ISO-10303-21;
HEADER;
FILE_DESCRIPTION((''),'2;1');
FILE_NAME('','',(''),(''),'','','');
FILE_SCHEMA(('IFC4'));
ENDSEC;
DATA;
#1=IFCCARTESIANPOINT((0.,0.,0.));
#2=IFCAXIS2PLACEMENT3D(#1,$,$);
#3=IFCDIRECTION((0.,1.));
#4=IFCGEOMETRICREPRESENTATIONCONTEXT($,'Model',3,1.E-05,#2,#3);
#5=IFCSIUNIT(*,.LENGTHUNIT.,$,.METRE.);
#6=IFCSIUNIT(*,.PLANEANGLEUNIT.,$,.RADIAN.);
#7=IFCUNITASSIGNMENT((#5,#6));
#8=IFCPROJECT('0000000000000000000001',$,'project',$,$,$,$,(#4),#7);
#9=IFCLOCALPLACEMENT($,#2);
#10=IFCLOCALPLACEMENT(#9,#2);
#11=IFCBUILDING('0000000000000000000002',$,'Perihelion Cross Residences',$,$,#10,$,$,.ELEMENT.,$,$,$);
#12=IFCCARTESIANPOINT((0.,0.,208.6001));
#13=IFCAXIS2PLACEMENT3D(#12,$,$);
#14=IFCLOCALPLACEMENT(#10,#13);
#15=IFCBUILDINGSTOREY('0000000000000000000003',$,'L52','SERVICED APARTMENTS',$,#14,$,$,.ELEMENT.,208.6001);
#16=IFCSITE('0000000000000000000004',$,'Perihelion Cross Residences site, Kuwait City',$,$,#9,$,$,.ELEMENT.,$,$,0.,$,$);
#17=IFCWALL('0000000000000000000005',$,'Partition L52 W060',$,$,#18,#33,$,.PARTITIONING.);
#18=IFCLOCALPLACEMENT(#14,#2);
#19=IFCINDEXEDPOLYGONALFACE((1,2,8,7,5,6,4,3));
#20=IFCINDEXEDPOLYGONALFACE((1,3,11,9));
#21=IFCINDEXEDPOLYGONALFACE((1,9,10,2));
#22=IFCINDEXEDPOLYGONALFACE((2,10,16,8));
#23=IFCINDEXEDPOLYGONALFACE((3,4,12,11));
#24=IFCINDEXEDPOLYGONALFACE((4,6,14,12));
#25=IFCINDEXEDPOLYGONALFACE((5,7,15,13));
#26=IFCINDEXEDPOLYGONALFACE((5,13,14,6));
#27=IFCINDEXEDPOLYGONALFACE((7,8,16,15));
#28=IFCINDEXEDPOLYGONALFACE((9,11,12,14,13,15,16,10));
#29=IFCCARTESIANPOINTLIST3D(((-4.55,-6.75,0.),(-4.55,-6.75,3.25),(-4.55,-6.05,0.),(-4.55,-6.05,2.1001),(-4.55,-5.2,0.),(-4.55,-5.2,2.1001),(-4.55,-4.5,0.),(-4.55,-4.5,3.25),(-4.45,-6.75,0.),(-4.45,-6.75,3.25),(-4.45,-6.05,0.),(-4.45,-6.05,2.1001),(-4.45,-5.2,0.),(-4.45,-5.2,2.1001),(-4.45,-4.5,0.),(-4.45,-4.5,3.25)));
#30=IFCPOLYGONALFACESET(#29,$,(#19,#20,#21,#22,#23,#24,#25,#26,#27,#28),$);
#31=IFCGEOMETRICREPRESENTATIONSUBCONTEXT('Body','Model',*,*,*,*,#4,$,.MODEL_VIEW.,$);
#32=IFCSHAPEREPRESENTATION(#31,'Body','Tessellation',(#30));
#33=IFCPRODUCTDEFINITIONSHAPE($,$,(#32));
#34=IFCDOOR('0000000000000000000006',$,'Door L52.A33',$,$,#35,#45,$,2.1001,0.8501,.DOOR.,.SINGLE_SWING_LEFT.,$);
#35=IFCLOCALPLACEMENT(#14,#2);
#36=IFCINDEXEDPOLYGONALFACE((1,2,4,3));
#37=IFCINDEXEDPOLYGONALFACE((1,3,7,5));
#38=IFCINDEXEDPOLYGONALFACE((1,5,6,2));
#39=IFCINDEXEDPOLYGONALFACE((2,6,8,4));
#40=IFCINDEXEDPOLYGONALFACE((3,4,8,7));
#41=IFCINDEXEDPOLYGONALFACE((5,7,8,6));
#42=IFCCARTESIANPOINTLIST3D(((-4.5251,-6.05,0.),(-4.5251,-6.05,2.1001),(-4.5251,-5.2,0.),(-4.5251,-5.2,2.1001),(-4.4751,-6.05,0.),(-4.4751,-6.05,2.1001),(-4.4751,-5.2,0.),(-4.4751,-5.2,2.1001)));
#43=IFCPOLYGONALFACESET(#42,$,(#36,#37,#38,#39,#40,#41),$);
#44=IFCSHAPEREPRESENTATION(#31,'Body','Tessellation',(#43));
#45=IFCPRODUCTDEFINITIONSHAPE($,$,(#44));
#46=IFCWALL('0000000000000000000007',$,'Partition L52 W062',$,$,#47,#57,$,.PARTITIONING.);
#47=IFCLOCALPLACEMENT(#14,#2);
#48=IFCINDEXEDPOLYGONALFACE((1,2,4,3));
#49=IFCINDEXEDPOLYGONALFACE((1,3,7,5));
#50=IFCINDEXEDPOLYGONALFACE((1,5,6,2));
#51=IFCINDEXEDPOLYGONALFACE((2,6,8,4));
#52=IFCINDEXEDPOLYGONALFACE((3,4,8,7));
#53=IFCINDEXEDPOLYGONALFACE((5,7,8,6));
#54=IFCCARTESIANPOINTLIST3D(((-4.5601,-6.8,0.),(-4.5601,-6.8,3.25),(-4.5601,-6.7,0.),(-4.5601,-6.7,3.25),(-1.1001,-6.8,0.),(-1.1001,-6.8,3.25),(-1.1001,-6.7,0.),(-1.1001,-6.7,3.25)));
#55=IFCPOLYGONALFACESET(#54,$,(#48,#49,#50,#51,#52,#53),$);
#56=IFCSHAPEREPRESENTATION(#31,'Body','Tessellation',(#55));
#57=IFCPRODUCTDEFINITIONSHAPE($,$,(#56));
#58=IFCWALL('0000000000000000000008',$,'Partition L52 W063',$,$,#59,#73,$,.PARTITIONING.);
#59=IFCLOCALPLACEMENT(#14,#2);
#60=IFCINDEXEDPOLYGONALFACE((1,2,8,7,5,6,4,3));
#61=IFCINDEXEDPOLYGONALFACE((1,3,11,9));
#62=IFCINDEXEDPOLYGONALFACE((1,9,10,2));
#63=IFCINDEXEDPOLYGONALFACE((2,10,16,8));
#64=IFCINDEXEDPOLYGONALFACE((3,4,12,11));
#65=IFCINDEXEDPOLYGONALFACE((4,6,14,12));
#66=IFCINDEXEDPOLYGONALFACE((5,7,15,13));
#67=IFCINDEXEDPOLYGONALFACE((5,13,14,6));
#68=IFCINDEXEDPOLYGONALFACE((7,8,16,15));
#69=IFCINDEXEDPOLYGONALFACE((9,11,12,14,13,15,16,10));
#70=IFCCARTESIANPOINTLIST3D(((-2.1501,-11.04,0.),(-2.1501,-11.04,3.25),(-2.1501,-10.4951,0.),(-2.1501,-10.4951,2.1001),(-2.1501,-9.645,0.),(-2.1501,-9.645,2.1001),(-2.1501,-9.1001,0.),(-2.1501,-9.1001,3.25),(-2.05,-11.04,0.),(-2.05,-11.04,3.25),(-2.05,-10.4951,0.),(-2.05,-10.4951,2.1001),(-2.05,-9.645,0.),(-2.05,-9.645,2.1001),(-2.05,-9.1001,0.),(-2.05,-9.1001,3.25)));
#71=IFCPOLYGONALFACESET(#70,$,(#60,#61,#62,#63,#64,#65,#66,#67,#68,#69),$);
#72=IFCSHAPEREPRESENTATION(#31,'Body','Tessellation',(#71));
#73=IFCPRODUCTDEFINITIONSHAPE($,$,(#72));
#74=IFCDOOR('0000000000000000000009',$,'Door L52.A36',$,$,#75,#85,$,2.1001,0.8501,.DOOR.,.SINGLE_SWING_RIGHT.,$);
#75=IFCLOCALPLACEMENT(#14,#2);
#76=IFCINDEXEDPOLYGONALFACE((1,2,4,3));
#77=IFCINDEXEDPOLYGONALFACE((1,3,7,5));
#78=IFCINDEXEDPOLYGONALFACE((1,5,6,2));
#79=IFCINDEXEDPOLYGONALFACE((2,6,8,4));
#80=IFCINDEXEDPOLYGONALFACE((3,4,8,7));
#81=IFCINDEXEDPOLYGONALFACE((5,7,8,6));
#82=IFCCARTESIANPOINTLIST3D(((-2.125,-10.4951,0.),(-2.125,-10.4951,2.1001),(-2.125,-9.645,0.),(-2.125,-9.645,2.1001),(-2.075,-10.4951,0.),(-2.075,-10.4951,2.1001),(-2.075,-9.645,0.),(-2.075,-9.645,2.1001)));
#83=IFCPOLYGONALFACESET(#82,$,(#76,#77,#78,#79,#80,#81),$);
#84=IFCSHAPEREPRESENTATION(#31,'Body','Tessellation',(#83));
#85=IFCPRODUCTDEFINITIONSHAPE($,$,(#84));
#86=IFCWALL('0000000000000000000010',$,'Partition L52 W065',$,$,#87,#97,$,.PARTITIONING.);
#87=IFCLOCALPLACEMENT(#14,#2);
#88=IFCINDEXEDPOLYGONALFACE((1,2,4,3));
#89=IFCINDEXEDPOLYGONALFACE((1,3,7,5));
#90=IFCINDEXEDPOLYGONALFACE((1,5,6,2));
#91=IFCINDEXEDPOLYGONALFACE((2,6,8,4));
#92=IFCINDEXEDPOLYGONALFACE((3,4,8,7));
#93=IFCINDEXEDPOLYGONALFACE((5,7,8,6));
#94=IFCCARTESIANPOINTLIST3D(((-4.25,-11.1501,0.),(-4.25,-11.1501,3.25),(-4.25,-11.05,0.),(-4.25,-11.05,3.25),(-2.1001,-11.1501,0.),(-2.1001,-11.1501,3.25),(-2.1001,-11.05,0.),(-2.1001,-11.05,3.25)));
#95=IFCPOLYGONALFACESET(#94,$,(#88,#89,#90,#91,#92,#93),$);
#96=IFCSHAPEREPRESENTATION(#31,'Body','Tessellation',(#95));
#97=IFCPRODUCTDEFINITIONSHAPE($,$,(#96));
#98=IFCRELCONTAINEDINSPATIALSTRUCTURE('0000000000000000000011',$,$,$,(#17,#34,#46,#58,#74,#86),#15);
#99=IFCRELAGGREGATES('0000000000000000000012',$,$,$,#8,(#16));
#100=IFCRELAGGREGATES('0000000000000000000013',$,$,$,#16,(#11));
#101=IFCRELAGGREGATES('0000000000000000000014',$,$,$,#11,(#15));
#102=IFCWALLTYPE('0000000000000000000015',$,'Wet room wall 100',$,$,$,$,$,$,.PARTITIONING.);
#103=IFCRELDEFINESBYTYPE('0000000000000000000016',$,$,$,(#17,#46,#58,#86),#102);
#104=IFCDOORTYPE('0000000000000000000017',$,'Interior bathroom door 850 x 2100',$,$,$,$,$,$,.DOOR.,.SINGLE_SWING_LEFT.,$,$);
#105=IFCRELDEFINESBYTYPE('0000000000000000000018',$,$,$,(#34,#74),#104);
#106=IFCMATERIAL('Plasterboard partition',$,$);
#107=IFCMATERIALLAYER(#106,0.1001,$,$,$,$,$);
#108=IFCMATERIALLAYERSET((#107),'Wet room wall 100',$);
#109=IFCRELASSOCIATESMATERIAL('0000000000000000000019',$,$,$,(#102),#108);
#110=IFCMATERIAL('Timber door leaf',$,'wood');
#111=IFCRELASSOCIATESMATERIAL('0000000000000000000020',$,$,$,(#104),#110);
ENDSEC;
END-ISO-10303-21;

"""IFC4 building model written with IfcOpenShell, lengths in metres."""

from ifc_helpers import new_model, si_unit, direction, frame, frame_2d, origin, place, context, subcontext, project, spatial, rectangle, extrude, material, layer, layer_set, type_object, element, fill, save


model = new_model("IFC4")

# Units and contexts
model_context = context("Model", 3, precision=1e-05, world=origin(), true_north=direction((0.0, 1.0)))
body_context = subcontext(model_context, "Body", "Model", "MODEL_VIEW")
ifc_project = project(units=[si_unit("LENGTHUNIT", "METRE"), si_unit("PLANEANGLEUNIT", "RADIAN")], contexts=[model_context])

# Site, building, storey
site_placement = place(None, origin())
site = spatial("IfcSite", under=ifc_project, at=site_placement, Name="Perihelion Cross Residences site, Kuwait City", CompositionType="ELEMENT", RefElevation=0.0)
building_placement = place(site_placement, origin())
building = spatial("IfcBuilding", under=site, at=building_placement, Name="Perihelion Cross Residences", CompositionType="ELEMENT")
storey_placement = place(building_placement, frame((0.0, 0.0, 208.6001)))
storey = spatial("IfcBuildingStorey", under=building, at=storey_placement, Name="L52", Description="SERVICED APARTMENTS", CompositionType="ELEMENT", Elevation=208.6001)

# Wall, opening, door
ifc_material_1 = material(Name="Plasterboard partition")
ifc_layer_1 = layer(ifc_material_1, 0.1001)
ifc_layer_set_1 = layer_set([ifc_layer_1], Name="Wet room wall 100")
wall_type_1 = type_object("IfcWallType", Name="Wet room wall 100", PredefinedType="PARTITIONING", material=ifc_layer_set_1)
wall_1_placement = place(storey_placement, frame((-4.5, -4.5, 0.0), z_axis=(0.0, 0.0, 1.0), x_axis=(0.0, -1.0, 0.0)))
wall_1 = element("IfcWall", 1, at=wall_1_placement, inside=storey, type_object=wall_type_1, Name="Partition L52 W060", PredefinedType="PARTITIONING", context=body_context, shape_type="SweptSolid", body=[
    extrude(rectangle(XDim=2.25, YDim=0.1001, at=frame_2d((1.125, 0.0))), origin(), (0.0, 0.0, 1.0), 3.25),
])
opening_1_placement = place(wall_1_placement, frame((0.7, 0.0, 0.0)))
opening_1 = element("IfcOpeningElement", 2, at=opening_1_placement, cuts=wall_1, PredefinedType="OPENING", context=body_context, shape_type="SweptSolid", body=[
    extrude(rectangle(XDim=0.8501, YDim=2.1001, at=frame_2d((0.425, 1.05))), frame((0.0, 0.0601, 0.0), z_axis=(0.0, -1.0, 0.0), x_axis=(1.0, 0.0, 0.0)), (0.0, 0.0, 1.0), 0.1201),
])
ifc_material_2 = material(Name="Timber door leaf", Category="wood")
door_type_1 = type_object("IfcDoorType", Name="Interior bathroom door 850 x 2100", OperationType="SINGLE_SWING_LEFT", PredefinedType="DOOR", material=ifc_material_2)
door_1_placement = place(opening_1_placement, origin())
door_1 = element("IfcDoor", 3, at=door_1_placement, inside=storey, type_object=door_type_1, Name="Door L52.A33", OperationType="SINGLE_SWING_LEFT", OverallHeight=2.1001, OverallWidth=0.8501, PredefinedType="DOOR", context=body_context, shape_type="SweptSolid", body=[
    extrude(rectangle(XDim=0.8501, YDim=2.1001, at=frame_2d((0.425, 1.05))), frame((0.0, 0.0249, 0.0), z_axis=(0.0, -1.0, 0.0), x_axis=(1.0, 0.0, 0.0)), (0.0, 0.0, 1.0), 0.05),
])
fill(opening_1, door_1)

# Wall
wall_2_placement = place(storey_placement, frame((-1.1001, -6.75, 0.0), z_axis=(0.0, 0.0, 1.0), x_axis=(-1.0, 0.0, 0.0)))
element("IfcWall", 4, at=wall_2_placement, inside=storey, type_object=wall_type_1, Name="Partition L52 W062", PredefinedType="PARTITIONING", context=body_context, shape_type="SweptSolid", body=[
    extrude(rectangle(XDim=3.46, YDim=0.1001, at=frame_2d((1.73, 0.0))), origin(), (0.0, 0.0, 1.0), 3.25),
])

# Wall, opening, door
wall_3_placement = place(storey_placement, frame((-2.1001, -11.04, 0.0), z_axis=(0.0, 0.0, 1.0), x_axis=(0.0, 1.0, 0.0)))
wall_3 = element("IfcWall", 5, at=wall_3_placement, inside=storey, type_object=wall_type_1, Name="Partition L52 W063", PredefinedType="PARTITIONING", context=body_context, shape_type="SweptSolid", body=[
    extrude(rectangle(XDim=1.9399, YDim=0.1001, at=frame_2d((0.97, 0.0))), origin(), (0.0, 0.0, 1.0), 3.25),
])
opening_2_placement = place(wall_3_placement, frame((0.5449, 0.0, 0.0)))
opening_2 = element("IfcOpeningElement", 6, at=opening_2_placement, cuts=wall_3, PredefinedType="OPENING", context=body_context, shape_type="SweptSolid", body=[
    extrude(rectangle(XDim=0.8501, YDim=2.1001, at=frame_2d((0.425, 1.05))), frame((0.0, 0.0601, 0.0), z_axis=(0.0, -1.0, 0.0), x_axis=(1.0, 0.0, 0.0)), (0.0, 0.0, 1.0), 0.1201),
])
door_2_placement = place(opening_2_placement, origin())
door_2 = element("IfcDoor", 7, at=door_2_placement, inside=storey, type_object=door_type_1, Name="Door L52.A36", OperationType="SINGLE_SWING_RIGHT", OverallHeight=2.1001, OverallWidth=0.8501, PredefinedType="DOOR", context=body_context, shape_type="SweptSolid", body=[
    extrude(rectangle(XDim=0.8501, YDim=2.1001, at=frame_2d((0.425, 1.05))), frame((0.0, 0.0249, 0.0), z_axis=(0.0, -1.0, 0.0), x_axis=(1.0, 0.0, 0.0)), (0.0, 0.0, 1.0), 0.05),
])
fill(opening_2, door_2)

# Wall
wall_4_placement = place(storey_placement, frame((-2.1001, -11.1001, 0.0), z_axis=(0.0, 0.0, 1.0), x_axis=(-1.0, 0.0, 0.0)))
element("IfcWall", 8, at=wall_4_placement, inside=storey, type_object=wall_type_1, Name="Partition L52 W065", PredefinedType="PARTITIONING", context=body_context, shape_type="SweptSolid", body=[
    extrude(rectangle(XDim=2.1499, YDim=0.1001, at=frame_2d((1.075, 0.0))), origin(), (0.0, 0.0, 1.0), 3.25),
])

save(model, "model.ifc")
